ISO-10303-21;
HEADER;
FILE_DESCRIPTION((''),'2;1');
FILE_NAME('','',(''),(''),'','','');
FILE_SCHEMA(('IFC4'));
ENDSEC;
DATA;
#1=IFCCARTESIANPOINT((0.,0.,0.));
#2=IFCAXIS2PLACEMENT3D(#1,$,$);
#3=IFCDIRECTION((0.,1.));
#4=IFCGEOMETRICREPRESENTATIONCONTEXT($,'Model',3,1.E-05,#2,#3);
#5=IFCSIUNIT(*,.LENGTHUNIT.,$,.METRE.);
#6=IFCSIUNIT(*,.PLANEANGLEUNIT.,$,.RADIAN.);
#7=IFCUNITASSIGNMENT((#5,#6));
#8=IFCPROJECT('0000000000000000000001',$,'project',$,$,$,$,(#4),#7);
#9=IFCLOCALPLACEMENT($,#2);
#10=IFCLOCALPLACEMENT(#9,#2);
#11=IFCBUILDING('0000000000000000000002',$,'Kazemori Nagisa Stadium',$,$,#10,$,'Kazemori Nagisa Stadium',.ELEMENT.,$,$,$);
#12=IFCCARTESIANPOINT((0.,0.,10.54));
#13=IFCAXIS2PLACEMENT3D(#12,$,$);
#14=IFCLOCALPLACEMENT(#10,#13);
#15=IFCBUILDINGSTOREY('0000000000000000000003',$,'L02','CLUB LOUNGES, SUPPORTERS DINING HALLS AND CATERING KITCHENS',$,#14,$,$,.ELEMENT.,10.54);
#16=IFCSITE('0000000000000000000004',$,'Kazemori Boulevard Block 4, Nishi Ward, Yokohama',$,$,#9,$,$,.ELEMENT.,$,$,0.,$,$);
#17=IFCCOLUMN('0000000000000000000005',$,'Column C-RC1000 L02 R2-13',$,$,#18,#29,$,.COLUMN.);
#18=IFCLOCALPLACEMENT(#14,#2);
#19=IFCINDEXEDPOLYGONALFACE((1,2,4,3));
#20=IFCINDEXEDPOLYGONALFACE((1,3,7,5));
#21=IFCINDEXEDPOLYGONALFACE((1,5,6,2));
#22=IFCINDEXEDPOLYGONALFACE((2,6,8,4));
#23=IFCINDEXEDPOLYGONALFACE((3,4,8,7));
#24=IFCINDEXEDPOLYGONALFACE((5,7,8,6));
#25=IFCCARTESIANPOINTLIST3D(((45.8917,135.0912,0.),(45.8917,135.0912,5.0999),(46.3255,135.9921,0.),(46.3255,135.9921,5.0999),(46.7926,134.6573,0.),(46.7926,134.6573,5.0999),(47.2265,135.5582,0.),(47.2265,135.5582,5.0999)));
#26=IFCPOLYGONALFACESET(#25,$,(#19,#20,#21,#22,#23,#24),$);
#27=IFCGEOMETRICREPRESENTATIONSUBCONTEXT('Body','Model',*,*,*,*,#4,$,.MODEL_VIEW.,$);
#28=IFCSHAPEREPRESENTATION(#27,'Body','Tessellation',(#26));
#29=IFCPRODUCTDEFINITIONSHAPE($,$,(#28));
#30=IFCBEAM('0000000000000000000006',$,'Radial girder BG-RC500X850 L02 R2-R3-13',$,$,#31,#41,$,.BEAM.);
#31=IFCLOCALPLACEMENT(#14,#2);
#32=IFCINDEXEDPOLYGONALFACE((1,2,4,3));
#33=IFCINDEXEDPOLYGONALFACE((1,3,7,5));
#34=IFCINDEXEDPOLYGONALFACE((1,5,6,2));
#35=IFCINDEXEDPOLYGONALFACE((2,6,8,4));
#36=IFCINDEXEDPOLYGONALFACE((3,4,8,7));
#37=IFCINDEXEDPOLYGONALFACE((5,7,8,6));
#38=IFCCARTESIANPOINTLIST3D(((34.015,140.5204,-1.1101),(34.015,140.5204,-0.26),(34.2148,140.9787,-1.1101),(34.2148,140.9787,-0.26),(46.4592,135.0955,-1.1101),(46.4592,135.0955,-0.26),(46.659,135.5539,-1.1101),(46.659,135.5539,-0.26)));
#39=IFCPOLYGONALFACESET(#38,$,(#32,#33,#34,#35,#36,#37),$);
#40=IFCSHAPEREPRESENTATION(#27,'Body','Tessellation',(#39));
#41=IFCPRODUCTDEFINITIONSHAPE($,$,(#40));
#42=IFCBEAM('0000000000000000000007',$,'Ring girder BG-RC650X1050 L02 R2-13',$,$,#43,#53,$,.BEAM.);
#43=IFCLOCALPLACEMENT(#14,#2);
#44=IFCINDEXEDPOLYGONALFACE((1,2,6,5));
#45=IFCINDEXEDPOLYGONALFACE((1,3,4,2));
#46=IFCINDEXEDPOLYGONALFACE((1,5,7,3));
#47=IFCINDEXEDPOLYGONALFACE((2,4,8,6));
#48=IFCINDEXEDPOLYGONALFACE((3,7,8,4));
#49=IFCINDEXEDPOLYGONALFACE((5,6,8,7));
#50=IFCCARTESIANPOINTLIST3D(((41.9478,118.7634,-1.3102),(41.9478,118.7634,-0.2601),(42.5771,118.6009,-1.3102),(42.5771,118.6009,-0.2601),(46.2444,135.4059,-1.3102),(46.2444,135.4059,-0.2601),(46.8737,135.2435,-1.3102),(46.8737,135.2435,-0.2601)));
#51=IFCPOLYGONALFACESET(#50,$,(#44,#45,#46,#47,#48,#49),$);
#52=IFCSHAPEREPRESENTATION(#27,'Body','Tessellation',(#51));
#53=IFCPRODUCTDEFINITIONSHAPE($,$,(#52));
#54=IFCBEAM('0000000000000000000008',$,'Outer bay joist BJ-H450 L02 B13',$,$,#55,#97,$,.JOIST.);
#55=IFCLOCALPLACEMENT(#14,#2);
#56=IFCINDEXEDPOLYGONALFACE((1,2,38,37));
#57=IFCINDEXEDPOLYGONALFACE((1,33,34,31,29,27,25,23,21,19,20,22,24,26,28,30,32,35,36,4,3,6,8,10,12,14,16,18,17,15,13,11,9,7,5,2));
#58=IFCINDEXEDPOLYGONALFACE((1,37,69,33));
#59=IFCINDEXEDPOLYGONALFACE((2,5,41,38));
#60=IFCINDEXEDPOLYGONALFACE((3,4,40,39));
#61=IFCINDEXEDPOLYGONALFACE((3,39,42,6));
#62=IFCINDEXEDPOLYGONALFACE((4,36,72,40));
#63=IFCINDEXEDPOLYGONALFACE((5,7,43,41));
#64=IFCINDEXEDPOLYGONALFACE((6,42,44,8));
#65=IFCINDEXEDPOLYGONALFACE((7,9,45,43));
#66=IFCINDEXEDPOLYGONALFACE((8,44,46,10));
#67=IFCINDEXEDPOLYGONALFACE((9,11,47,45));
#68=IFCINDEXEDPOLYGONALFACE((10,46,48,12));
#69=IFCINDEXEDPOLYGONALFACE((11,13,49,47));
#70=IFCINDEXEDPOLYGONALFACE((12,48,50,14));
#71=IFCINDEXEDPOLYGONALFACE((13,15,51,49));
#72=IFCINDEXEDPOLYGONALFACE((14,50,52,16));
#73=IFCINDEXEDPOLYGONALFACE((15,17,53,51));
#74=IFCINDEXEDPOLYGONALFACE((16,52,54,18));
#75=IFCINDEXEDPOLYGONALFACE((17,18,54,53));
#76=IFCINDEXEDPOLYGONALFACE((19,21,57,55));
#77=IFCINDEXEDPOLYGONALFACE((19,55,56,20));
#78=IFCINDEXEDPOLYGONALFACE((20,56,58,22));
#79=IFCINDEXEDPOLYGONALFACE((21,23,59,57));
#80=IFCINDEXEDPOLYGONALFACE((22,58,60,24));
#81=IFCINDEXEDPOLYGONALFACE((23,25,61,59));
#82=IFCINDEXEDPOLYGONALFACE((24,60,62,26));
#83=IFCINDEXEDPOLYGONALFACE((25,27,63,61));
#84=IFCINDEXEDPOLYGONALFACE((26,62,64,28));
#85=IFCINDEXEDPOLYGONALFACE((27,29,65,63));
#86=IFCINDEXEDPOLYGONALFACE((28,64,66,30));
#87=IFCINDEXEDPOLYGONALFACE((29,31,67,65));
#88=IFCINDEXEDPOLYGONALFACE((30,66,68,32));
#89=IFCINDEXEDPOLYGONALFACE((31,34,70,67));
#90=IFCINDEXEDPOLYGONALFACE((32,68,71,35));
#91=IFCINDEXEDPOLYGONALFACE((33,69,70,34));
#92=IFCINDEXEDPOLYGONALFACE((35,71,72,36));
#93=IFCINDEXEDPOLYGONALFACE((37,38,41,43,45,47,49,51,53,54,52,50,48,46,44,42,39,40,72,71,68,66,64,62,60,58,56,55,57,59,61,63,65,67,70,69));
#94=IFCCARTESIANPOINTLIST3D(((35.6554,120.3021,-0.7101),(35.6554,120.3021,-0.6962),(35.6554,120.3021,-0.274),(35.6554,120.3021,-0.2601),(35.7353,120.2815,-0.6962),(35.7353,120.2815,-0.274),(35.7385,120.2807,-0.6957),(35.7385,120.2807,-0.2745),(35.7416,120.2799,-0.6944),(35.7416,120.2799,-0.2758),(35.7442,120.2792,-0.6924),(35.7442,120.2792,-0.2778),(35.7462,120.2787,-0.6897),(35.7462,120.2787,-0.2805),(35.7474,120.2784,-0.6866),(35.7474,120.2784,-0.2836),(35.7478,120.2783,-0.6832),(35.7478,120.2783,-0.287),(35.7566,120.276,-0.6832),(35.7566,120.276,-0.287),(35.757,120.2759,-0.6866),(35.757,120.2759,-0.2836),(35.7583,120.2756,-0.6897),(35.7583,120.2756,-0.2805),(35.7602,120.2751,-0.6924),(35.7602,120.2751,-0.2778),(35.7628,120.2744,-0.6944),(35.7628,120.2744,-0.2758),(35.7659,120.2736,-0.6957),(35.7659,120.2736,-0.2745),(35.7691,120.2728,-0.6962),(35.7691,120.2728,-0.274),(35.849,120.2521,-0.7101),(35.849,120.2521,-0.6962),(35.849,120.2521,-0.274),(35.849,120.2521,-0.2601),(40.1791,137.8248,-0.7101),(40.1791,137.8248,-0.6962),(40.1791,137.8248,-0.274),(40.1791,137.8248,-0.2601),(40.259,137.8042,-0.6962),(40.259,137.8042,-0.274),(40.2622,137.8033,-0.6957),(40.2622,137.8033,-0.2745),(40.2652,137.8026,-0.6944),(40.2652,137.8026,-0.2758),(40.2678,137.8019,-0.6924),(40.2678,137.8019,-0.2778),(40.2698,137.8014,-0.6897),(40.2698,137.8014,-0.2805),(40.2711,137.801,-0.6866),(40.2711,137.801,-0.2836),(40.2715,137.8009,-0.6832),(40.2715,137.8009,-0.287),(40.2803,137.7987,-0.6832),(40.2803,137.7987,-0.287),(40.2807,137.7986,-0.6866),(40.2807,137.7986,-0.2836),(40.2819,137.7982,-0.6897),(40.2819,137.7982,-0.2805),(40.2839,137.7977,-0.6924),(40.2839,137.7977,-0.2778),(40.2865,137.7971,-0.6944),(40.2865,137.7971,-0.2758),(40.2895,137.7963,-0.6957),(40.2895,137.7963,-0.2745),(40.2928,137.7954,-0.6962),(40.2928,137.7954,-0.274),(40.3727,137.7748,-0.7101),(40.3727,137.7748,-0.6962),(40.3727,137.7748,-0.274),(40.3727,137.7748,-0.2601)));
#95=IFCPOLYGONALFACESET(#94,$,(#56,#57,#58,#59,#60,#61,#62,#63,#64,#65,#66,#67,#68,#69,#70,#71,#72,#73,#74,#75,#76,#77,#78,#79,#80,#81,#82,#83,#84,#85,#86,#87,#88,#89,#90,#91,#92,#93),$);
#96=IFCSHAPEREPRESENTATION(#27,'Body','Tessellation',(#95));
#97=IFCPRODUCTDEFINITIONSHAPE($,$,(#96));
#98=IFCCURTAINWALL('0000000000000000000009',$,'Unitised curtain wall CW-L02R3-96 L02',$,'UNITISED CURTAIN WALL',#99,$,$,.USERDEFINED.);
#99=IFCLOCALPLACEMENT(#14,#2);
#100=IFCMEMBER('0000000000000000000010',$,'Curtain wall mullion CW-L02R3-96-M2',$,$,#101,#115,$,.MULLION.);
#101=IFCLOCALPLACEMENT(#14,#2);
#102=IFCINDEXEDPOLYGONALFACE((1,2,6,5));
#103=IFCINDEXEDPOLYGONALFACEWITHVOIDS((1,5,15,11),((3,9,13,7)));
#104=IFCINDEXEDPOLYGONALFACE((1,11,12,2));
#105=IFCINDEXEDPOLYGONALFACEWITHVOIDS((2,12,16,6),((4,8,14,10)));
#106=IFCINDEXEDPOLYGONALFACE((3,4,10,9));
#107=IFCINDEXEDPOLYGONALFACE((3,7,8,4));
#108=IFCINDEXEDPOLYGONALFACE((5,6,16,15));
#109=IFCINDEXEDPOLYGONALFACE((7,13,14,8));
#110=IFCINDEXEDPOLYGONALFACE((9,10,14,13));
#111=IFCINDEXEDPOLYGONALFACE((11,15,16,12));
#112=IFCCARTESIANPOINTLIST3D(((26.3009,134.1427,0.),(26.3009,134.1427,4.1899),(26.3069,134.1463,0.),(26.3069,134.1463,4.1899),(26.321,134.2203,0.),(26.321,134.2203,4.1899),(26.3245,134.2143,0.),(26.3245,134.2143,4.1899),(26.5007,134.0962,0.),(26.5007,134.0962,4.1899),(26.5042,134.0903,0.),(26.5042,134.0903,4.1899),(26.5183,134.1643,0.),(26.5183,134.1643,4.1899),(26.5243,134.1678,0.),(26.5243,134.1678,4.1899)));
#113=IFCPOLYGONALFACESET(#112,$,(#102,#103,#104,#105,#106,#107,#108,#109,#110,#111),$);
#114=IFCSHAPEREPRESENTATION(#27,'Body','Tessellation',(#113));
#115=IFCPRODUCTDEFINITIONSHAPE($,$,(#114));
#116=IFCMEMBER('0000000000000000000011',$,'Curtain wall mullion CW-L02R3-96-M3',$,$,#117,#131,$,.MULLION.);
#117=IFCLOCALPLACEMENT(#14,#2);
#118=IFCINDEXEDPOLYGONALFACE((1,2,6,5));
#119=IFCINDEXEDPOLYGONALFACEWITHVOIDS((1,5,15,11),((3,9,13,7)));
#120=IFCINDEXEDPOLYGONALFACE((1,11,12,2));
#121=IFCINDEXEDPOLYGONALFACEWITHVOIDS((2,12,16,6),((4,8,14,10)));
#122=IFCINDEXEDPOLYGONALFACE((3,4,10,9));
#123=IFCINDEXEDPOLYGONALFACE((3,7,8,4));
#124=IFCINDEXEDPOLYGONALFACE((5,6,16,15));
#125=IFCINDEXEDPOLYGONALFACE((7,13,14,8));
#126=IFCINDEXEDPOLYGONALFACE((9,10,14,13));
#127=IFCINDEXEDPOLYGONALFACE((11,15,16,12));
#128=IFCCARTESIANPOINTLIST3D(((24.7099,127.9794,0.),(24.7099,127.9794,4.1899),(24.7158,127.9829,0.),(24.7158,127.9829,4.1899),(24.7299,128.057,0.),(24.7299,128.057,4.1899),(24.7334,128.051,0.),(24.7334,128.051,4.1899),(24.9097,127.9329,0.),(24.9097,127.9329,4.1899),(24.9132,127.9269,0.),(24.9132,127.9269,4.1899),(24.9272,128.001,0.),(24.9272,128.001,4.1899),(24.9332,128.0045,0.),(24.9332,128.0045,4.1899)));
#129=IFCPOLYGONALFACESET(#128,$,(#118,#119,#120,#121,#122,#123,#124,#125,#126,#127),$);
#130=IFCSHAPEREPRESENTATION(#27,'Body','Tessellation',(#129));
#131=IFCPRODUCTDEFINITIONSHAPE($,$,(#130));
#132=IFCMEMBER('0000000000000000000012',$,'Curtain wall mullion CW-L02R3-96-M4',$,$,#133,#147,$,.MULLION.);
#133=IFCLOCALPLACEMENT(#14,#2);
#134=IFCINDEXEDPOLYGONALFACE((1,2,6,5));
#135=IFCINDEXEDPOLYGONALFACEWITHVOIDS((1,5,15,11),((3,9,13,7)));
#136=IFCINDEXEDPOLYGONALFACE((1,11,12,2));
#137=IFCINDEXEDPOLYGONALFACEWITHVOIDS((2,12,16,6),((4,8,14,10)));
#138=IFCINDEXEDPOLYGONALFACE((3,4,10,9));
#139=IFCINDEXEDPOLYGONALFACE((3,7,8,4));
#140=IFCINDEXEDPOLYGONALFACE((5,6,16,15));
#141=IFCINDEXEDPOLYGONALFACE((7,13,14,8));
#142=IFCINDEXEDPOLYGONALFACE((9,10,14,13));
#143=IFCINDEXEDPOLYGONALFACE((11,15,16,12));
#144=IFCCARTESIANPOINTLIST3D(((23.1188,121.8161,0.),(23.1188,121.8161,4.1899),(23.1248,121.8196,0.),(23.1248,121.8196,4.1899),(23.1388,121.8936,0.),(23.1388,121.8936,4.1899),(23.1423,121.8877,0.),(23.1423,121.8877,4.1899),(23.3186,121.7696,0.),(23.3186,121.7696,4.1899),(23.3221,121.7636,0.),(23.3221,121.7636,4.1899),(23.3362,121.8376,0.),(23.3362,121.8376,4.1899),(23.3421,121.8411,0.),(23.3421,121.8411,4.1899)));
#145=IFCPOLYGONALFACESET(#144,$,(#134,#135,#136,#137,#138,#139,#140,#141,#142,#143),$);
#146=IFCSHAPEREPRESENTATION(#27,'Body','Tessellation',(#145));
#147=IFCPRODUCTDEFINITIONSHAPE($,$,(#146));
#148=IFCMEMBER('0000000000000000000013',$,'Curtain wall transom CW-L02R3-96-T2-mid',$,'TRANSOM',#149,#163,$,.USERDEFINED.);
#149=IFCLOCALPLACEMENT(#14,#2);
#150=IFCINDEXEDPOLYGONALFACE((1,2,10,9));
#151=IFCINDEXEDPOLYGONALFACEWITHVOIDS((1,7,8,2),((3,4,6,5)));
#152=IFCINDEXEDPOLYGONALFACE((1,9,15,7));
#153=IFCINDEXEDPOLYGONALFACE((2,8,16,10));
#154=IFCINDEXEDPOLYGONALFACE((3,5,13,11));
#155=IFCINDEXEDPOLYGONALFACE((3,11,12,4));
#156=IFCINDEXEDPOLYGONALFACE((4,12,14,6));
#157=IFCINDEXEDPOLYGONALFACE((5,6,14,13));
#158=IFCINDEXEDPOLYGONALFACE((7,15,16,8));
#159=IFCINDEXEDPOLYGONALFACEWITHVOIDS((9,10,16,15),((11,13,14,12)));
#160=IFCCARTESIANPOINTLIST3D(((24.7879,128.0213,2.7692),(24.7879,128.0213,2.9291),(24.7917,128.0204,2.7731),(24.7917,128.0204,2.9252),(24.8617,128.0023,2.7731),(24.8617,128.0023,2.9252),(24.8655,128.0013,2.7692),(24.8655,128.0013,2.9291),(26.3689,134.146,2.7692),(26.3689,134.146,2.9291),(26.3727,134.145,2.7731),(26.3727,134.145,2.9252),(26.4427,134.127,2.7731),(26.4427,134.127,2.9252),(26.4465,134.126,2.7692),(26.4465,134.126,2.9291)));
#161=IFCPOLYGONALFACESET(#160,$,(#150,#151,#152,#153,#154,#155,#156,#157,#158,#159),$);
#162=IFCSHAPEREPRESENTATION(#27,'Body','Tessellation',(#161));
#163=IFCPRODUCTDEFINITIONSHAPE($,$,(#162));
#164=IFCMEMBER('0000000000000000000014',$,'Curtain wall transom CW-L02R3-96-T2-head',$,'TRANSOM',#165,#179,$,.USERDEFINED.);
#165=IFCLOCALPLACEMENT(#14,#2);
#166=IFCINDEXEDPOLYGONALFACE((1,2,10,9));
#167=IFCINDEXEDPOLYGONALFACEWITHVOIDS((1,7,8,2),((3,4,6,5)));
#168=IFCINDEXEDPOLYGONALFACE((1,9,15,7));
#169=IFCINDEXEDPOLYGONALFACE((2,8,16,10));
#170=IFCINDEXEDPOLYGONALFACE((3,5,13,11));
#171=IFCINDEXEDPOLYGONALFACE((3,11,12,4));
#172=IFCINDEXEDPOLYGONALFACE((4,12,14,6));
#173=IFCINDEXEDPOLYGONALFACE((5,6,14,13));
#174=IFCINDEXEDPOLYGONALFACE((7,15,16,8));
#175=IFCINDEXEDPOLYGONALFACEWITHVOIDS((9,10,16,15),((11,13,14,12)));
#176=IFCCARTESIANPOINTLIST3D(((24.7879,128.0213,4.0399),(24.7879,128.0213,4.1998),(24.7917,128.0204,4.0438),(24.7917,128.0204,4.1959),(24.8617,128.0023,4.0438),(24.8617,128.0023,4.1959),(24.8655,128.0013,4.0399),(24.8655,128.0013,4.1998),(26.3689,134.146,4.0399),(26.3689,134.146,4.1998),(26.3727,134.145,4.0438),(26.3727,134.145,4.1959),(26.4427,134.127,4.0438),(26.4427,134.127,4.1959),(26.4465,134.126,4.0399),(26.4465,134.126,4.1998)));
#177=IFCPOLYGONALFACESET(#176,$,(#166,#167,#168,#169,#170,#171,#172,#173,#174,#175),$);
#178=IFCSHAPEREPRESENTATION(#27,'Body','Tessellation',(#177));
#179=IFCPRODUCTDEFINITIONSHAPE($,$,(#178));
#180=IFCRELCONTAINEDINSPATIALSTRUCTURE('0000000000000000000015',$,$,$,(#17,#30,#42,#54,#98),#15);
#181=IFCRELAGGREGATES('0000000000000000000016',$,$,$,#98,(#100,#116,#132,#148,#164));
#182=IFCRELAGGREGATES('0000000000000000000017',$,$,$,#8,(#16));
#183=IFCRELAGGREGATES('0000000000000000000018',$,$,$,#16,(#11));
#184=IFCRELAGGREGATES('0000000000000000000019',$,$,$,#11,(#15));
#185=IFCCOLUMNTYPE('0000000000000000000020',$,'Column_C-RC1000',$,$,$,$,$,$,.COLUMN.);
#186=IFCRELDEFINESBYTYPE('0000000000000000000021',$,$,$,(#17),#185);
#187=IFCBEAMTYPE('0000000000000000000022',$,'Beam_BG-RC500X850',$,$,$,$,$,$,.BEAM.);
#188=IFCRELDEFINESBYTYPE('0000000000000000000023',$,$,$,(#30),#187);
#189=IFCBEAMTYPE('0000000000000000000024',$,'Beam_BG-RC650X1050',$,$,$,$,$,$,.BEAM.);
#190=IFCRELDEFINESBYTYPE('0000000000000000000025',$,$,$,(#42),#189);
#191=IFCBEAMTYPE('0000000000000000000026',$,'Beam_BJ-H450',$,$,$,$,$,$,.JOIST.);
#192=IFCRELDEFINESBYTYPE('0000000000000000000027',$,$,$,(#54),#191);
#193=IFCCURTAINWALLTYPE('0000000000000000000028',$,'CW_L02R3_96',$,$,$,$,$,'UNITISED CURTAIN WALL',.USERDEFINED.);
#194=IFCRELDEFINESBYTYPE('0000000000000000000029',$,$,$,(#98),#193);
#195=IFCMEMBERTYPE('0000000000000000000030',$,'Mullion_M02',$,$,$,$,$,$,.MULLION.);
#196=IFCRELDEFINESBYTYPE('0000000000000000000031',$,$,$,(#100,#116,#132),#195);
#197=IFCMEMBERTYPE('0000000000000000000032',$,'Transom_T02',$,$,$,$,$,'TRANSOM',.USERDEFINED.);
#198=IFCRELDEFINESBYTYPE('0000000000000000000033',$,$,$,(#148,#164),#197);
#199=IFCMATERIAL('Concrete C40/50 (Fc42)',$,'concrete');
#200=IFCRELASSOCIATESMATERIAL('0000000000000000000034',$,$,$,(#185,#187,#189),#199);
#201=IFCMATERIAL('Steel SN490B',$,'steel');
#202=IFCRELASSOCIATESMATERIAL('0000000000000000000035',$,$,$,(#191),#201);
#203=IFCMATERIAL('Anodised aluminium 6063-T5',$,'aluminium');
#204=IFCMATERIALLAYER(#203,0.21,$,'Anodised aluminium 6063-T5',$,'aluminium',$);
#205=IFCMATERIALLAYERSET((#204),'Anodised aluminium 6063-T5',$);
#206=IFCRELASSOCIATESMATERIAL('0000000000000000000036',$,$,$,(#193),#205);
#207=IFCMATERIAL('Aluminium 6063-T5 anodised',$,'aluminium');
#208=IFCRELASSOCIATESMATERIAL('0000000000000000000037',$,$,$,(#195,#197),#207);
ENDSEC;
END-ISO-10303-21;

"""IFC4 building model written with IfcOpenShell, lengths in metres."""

from ifc_helpers import new_model, si_unit, direction, frame, origin, origin_2d, place, context, subcontext, project, spatial, rectangle, hollow_rectangle, i_section, extrude, material, layer, layer_set, material_profile, profile_set, type_object, element, aggregate, save


model = new_model("IFC4")

# Units and contexts
model_context = context("Model", 3, precision=1e-05, world=origin(), true_north=direction((0.0, 1.0)))
body_context = subcontext(model_context, "Body", "Model", "MODEL_VIEW")
ifc_project = project(units=[si_unit("LENGTHUNIT", "METRE"), si_unit("PLANEANGLEUNIT", "RADIAN")], contexts=[model_context])

# Site, building, storey
site_placement = place(None, origin())
site = spatial("IfcSite", under=ifc_project, at=site_placement, Name="Kazemori Boulevard Block 4, Nishi Ward, Yokohama", CompositionType="ELEMENT", RefElevation=0.0)
building_placement = place(site_placement, origin())
building = spatial("IfcBuilding", under=site, at=building_placement, Name="Kazemori Nagisa Stadium", LongName="Kazemori Nagisa Stadium", CompositionType="ELEMENT")
storey_placement = place(building_placement, frame((0.0, 0.0, 10.54)))
storey = spatial("IfcBuildingStorey", under=building, at=storey_placement, Name="L02", Description="CLUB LOUNGES, SUPPORTERS DINING HALLS AND CATERING KITCHENS", CompositionType="ELEMENT", Elevation=10.54)

# Column
ifc_material_1 = material(Name="Concrete C40/50 (Fc42)", Category="concrete")
ifc_material_profile_1 = material_profile(ifc_material_1, rectangle(XDim=1.0, YDim=1.0, at=origin_2d()), Name="RC-COL-1000x1000")
ifc_profile_set_1 = profile_set([ifc_material_profile_1], Name="Concrete C40/50 (Fc42)")
column_type = type_object("IfcColumnType", Name="Column_C-RC1000", PredefinedType="COLUMN", material=ifc_profile_set_1)
column_placement = place(storey_placement, frame((46.5591, 135.3247, 0.0), z_axis=(0.0, 0.0, 1.0), x_axis=(-0.900969, 0.433884, 0.0)))
element("IfcColumn", 1, at=column_placement, inside=storey, type_object=column_type, Name="Column C-RC1000 L02 R2-13", PredefinedType="COLUMN", context=body_context, shape_type="SweptSolid", body=[
    extrude(rectangle(XDim=1.0, YDim=1.0, at=origin_2d()), origin(), (0.0, 0.0, 1.0), 5.0999),
])

# Beams
ifc_material_profile_2 = material_profile(ifc_material_1, rectangle(XDim=0.5, YDim=0.8501, at=origin_2d()), Name="RC-BM-500x850")
ifc_profile_set_2 = profile_set([ifc_material_profile_2], Name="Concrete C40/50 (Fc42)")
beam_type_1 = type_object("IfcBeamType", Name="Beam_BG-RC500X850", PredefinedType="BEAM", material=ifc_profile_set_2)
beam_1_placement = place(storey_placement, frame((46.5591, 135.3247, -0.6851), z_axis=(-0.916684, 0.399614, 0.0), x_axis=(-0.399614, -0.916684, 0.0)))
element("IfcBeam", 2, at=beam_1_placement, inside=storey, type_object=beam_type_1, Name="Radial girder BG-RC500X850 L02 R2-R3-13", PredefinedType="BEAM", context=body_context, shape_type="SweptSolid", body=[
    extrude(rectangle(XDim=0.5, YDim=0.8501, at=origin_2d()), origin(), (0.0, 0.0, 1.0), 13.5752),
])
ifc_material_profile_3 = material_profile(ifc_material_1, rectangle(XDim=0.6499, YDim=1.05, at=origin_2d()), Name="RC-BM-650x1050")
ifc_profile_set_3 = profile_set([ifc_material_profile_3], Name="Concrete C40/50 (Fc42)")
beam_type_2 = type_object("IfcBeamType", Name="Beam_BG-RC650X1050", PredefinedType="BEAM", material=ifc_profile_set_3)
beam_2_placement = place(storey_placement, frame((46.5591, 135.3247, -0.7852), z_axis=(-0.249975, -0.968252, 0.0), x_axis=(0.968252, -0.249975, 0.0)))
element("IfcBeam", 3, at=beam_2_placement, inside=storey, type_object=beam_type_2, Name="Ring girder BG-RC650X1050 L02 R2-13", PredefinedType="BEAM", context=body_context, shape_type="SweptSolid", body=[
    extrude(rectangle(XDim=0.6499, YDim=1.05, at=origin_2d()), origin(), (0.0, 0.0, 1.0), 17.1882),
])
ifc_material_2 = material(Name="Steel SN490B", Category="steel")
ifc_material_profile_4 = material_profile(ifc_material_2, i_section(OverallWidth=0.2, OverallDepth=0.45, WebThickness=0.009, FlangeThickness=0.0139, FilletRadius=0.0129, at=origin_2d()), Name="H-450x200x9x14")
ifc_profile_set_4 = profile_set([ifc_material_profile_4], Name="Steel SN490B")
beam_type_3 = type_object("IfcBeamType", Name="Beam_BJ-H450", PredefinedType="JOIST", material=ifc_profile_set_4)
beam_3_placement = place(storey_placement, frame((40.2759, 137.7998, -0.4851), z_axis=(-0.249966, -0.968255, 0.0), x_axis=(0.968255, -0.249966, 0.0)))
element("IfcBeam", 4, at=beam_3_placement, inside=storey, type_object=beam_type_3, Name="Outer bay joist BJ-H450 L02 B13", PredefinedType="JOIST", context=body_context, shape_type="SweptSolid", body=[
    extrude(i_section(OverallWidth=0.2, OverallDepth=0.45, WebThickness=0.009, FlangeThickness=0.0139, FilletRadius=0.0129, at=origin_2d()), origin(), (0.0, 0.0, 1.0), 18.0972),
])

# Curtain wall, members
ifc_material_3 = material(Name="Anodised aluminium 6063-T5", Category="aluminium")
ifc_layer_1 = layer(ifc_material_3, 0.21, Name="Anodised aluminium 6063-T5", Category="aluminium")
ifc_layer_set_1 = layer_set([ifc_layer_1], Name="Anodised aluminium 6063-T5")
curtain_wall_type = type_object("IfcCurtainWallType", Name="CW_L02R3_96", ElementType="UNITISED CURTAIN WALL", PredefinedType="USERDEFINED", material=ifc_layer_set_1)
curtain_wall_placement = place(storey_placement, origin())
curtain_wall = element("IfcCurtainWall", 5, at=curtain_wall_placement, inside=storey, type_object=curtain_wall_type, Name="Unitised curtain wall CW-L02R3-96 L02", ObjectType="UNITISED CURTAIN WALL", PredefinedType="USERDEFINED")
ifc_material_4 = material(Name="Aluminium 6063-T5 anodised", Category="aluminium")
ifc_material_profile_5 = material_profile(ifc_material_4, hollow_rectangle(XDim=0.0801, YDim=0.21, WallThickness=0.0049, at=origin_2d()), Name="ALU-MULL-80x210x5")
ifc_profile_set_5 = profile_set([ifc_material_profile_5], Name="Aluminium 6063-T5 anodised")
member_type_1 = type_object("IfcMemberType", Name="Mullion_M02", PredefinedType="MULLION", material=ifc_profile_set_5)
member_1_placement = place(storey_placement, frame((26.4126, 134.1553, 0.0), z_axis=(0.0, 0.0, 1.0), x_axis=(-0.249965, -0.968255, 0.0)))
member_1 = element("IfcMember", 6, at=member_1_placement, type_object=member_type_1, Name="Curtain wall mullion CW-L02R3-96-M2", PredefinedType="MULLION", context=body_context, shape_type="SweptSolid", body=[
    extrude(hollow_rectangle(XDim=0.0801, YDim=0.21, WallThickness=0.0049, at=origin_2d()), origin(), (0.0, 0.0, 1.0), 4.1899),
])
member_2_placement = place(storey_placement, frame((24.8215, 127.9919, 0.0), z_axis=(0.0, 0.0, 1.0), x_axis=(-0.249965, -0.968255, 0.0)))
member_2 = element("IfcMember", 7, at=member_2_placement, type_object=member_type_1, Name="Curtain wall mullion CW-L02R3-96-M3", PredefinedType="MULLION", context=body_context, shape_type="SweptSolid", body=[
    extrude(hollow_rectangle(XDim=0.0801, YDim=0.21, WallThickness=0.0049, at=origin_2d()), origin(), (0.0, 0.0, 1.0), 4.1899),
])
member_3_placement = place(storey_placement, frame((23.2305, 121.8286, 0.0), z_axis=(0.0, 0.0, 1.0), x_axis=(-0.249965, -0.968255, 0.0)))
member_3 = element("IfcMember", 8, at=member_3_placement, type_object=member_type_1, Name="Curtain wall mullion CW-L02R3-96-M4", PredefinedType="MULLION", context=body_context, shape_type="SweptSolid", body=[
    extrude(hollow_rectangle(XDim=0.0801, YDim=0.21, WallThickness=0.0049, at=origin_2d()), origin(), (0.0, 0.0, 1.0), 4.1899),
])
ifc_material_profile_6 = material_profile(ifc_material_4, hollow_rectangle(XDim=0.0801, YDim=0.1599, WallThickness=0.0039, at=origin_2d()), Name="ALU-TRAN-80x160x4")
ifc_profile_set_6 = profile_set([ifc_material_profile_6], Name="Aluminium 6063-T5 anodised")
member_type_2 = type_object("IfcMemberType", Name="Transom_T02", ElementType="TRANSOM", PredefinedType="USERDEFINED", material=ifc_profile_set_6)
member_4_placement = place(storey_placement, frame((26.4077, 134.136, 2.8491), z_axis=(-0.249948, -0.968259, 0.0), x_axis=(0.968259, -0.249948, 0.0)))
member_4 = element("IfcMember", 9, at=member_4_placement, type_object=member_type_2, Name="Curtain wall transom CW-L02R3-96-T2-mid", ObjectType="TRANSOM", PredefinedType="USERDEFINED", context=body_context, shape_type="SweptSolid", body=[
    extrude(hollow_rectangle(XDim=0.0801, YDim=0.1599, WallThickness=0.0039, at=origin_2d()), origin(), (0.0, 0.0, 1.0), 6.3254),
])
member_5_placement = place(storey_placement, frame((26.4077, 134.136, 4.1199), z_axis=(-0.249948, -0.968259, 0.0), x_axis=(0.968259, -0.249948, 0.0)))
member_5 = element("IfcMember", 10, at=member_5_placement, type_object=member_type_2, Name="Curtain wall transom CW-L02R3-96-T2-head", ObjectType="TRANSOM", PredefinedType="USERDEFINED", context=body_context, shape_type="SweptSolid", body=[
    extrude(hollow_rectangle(XDim=0.0801, YDim=0.1599, WallThickness=0.0039, at=origin_2d()), origin(), (0.0, 0.0, 1.0), 6.3254),
])
aggregate(curtain_wall, [member_1, member_2, member_3, member_4, member_5])

save(model, "model.ifc")
